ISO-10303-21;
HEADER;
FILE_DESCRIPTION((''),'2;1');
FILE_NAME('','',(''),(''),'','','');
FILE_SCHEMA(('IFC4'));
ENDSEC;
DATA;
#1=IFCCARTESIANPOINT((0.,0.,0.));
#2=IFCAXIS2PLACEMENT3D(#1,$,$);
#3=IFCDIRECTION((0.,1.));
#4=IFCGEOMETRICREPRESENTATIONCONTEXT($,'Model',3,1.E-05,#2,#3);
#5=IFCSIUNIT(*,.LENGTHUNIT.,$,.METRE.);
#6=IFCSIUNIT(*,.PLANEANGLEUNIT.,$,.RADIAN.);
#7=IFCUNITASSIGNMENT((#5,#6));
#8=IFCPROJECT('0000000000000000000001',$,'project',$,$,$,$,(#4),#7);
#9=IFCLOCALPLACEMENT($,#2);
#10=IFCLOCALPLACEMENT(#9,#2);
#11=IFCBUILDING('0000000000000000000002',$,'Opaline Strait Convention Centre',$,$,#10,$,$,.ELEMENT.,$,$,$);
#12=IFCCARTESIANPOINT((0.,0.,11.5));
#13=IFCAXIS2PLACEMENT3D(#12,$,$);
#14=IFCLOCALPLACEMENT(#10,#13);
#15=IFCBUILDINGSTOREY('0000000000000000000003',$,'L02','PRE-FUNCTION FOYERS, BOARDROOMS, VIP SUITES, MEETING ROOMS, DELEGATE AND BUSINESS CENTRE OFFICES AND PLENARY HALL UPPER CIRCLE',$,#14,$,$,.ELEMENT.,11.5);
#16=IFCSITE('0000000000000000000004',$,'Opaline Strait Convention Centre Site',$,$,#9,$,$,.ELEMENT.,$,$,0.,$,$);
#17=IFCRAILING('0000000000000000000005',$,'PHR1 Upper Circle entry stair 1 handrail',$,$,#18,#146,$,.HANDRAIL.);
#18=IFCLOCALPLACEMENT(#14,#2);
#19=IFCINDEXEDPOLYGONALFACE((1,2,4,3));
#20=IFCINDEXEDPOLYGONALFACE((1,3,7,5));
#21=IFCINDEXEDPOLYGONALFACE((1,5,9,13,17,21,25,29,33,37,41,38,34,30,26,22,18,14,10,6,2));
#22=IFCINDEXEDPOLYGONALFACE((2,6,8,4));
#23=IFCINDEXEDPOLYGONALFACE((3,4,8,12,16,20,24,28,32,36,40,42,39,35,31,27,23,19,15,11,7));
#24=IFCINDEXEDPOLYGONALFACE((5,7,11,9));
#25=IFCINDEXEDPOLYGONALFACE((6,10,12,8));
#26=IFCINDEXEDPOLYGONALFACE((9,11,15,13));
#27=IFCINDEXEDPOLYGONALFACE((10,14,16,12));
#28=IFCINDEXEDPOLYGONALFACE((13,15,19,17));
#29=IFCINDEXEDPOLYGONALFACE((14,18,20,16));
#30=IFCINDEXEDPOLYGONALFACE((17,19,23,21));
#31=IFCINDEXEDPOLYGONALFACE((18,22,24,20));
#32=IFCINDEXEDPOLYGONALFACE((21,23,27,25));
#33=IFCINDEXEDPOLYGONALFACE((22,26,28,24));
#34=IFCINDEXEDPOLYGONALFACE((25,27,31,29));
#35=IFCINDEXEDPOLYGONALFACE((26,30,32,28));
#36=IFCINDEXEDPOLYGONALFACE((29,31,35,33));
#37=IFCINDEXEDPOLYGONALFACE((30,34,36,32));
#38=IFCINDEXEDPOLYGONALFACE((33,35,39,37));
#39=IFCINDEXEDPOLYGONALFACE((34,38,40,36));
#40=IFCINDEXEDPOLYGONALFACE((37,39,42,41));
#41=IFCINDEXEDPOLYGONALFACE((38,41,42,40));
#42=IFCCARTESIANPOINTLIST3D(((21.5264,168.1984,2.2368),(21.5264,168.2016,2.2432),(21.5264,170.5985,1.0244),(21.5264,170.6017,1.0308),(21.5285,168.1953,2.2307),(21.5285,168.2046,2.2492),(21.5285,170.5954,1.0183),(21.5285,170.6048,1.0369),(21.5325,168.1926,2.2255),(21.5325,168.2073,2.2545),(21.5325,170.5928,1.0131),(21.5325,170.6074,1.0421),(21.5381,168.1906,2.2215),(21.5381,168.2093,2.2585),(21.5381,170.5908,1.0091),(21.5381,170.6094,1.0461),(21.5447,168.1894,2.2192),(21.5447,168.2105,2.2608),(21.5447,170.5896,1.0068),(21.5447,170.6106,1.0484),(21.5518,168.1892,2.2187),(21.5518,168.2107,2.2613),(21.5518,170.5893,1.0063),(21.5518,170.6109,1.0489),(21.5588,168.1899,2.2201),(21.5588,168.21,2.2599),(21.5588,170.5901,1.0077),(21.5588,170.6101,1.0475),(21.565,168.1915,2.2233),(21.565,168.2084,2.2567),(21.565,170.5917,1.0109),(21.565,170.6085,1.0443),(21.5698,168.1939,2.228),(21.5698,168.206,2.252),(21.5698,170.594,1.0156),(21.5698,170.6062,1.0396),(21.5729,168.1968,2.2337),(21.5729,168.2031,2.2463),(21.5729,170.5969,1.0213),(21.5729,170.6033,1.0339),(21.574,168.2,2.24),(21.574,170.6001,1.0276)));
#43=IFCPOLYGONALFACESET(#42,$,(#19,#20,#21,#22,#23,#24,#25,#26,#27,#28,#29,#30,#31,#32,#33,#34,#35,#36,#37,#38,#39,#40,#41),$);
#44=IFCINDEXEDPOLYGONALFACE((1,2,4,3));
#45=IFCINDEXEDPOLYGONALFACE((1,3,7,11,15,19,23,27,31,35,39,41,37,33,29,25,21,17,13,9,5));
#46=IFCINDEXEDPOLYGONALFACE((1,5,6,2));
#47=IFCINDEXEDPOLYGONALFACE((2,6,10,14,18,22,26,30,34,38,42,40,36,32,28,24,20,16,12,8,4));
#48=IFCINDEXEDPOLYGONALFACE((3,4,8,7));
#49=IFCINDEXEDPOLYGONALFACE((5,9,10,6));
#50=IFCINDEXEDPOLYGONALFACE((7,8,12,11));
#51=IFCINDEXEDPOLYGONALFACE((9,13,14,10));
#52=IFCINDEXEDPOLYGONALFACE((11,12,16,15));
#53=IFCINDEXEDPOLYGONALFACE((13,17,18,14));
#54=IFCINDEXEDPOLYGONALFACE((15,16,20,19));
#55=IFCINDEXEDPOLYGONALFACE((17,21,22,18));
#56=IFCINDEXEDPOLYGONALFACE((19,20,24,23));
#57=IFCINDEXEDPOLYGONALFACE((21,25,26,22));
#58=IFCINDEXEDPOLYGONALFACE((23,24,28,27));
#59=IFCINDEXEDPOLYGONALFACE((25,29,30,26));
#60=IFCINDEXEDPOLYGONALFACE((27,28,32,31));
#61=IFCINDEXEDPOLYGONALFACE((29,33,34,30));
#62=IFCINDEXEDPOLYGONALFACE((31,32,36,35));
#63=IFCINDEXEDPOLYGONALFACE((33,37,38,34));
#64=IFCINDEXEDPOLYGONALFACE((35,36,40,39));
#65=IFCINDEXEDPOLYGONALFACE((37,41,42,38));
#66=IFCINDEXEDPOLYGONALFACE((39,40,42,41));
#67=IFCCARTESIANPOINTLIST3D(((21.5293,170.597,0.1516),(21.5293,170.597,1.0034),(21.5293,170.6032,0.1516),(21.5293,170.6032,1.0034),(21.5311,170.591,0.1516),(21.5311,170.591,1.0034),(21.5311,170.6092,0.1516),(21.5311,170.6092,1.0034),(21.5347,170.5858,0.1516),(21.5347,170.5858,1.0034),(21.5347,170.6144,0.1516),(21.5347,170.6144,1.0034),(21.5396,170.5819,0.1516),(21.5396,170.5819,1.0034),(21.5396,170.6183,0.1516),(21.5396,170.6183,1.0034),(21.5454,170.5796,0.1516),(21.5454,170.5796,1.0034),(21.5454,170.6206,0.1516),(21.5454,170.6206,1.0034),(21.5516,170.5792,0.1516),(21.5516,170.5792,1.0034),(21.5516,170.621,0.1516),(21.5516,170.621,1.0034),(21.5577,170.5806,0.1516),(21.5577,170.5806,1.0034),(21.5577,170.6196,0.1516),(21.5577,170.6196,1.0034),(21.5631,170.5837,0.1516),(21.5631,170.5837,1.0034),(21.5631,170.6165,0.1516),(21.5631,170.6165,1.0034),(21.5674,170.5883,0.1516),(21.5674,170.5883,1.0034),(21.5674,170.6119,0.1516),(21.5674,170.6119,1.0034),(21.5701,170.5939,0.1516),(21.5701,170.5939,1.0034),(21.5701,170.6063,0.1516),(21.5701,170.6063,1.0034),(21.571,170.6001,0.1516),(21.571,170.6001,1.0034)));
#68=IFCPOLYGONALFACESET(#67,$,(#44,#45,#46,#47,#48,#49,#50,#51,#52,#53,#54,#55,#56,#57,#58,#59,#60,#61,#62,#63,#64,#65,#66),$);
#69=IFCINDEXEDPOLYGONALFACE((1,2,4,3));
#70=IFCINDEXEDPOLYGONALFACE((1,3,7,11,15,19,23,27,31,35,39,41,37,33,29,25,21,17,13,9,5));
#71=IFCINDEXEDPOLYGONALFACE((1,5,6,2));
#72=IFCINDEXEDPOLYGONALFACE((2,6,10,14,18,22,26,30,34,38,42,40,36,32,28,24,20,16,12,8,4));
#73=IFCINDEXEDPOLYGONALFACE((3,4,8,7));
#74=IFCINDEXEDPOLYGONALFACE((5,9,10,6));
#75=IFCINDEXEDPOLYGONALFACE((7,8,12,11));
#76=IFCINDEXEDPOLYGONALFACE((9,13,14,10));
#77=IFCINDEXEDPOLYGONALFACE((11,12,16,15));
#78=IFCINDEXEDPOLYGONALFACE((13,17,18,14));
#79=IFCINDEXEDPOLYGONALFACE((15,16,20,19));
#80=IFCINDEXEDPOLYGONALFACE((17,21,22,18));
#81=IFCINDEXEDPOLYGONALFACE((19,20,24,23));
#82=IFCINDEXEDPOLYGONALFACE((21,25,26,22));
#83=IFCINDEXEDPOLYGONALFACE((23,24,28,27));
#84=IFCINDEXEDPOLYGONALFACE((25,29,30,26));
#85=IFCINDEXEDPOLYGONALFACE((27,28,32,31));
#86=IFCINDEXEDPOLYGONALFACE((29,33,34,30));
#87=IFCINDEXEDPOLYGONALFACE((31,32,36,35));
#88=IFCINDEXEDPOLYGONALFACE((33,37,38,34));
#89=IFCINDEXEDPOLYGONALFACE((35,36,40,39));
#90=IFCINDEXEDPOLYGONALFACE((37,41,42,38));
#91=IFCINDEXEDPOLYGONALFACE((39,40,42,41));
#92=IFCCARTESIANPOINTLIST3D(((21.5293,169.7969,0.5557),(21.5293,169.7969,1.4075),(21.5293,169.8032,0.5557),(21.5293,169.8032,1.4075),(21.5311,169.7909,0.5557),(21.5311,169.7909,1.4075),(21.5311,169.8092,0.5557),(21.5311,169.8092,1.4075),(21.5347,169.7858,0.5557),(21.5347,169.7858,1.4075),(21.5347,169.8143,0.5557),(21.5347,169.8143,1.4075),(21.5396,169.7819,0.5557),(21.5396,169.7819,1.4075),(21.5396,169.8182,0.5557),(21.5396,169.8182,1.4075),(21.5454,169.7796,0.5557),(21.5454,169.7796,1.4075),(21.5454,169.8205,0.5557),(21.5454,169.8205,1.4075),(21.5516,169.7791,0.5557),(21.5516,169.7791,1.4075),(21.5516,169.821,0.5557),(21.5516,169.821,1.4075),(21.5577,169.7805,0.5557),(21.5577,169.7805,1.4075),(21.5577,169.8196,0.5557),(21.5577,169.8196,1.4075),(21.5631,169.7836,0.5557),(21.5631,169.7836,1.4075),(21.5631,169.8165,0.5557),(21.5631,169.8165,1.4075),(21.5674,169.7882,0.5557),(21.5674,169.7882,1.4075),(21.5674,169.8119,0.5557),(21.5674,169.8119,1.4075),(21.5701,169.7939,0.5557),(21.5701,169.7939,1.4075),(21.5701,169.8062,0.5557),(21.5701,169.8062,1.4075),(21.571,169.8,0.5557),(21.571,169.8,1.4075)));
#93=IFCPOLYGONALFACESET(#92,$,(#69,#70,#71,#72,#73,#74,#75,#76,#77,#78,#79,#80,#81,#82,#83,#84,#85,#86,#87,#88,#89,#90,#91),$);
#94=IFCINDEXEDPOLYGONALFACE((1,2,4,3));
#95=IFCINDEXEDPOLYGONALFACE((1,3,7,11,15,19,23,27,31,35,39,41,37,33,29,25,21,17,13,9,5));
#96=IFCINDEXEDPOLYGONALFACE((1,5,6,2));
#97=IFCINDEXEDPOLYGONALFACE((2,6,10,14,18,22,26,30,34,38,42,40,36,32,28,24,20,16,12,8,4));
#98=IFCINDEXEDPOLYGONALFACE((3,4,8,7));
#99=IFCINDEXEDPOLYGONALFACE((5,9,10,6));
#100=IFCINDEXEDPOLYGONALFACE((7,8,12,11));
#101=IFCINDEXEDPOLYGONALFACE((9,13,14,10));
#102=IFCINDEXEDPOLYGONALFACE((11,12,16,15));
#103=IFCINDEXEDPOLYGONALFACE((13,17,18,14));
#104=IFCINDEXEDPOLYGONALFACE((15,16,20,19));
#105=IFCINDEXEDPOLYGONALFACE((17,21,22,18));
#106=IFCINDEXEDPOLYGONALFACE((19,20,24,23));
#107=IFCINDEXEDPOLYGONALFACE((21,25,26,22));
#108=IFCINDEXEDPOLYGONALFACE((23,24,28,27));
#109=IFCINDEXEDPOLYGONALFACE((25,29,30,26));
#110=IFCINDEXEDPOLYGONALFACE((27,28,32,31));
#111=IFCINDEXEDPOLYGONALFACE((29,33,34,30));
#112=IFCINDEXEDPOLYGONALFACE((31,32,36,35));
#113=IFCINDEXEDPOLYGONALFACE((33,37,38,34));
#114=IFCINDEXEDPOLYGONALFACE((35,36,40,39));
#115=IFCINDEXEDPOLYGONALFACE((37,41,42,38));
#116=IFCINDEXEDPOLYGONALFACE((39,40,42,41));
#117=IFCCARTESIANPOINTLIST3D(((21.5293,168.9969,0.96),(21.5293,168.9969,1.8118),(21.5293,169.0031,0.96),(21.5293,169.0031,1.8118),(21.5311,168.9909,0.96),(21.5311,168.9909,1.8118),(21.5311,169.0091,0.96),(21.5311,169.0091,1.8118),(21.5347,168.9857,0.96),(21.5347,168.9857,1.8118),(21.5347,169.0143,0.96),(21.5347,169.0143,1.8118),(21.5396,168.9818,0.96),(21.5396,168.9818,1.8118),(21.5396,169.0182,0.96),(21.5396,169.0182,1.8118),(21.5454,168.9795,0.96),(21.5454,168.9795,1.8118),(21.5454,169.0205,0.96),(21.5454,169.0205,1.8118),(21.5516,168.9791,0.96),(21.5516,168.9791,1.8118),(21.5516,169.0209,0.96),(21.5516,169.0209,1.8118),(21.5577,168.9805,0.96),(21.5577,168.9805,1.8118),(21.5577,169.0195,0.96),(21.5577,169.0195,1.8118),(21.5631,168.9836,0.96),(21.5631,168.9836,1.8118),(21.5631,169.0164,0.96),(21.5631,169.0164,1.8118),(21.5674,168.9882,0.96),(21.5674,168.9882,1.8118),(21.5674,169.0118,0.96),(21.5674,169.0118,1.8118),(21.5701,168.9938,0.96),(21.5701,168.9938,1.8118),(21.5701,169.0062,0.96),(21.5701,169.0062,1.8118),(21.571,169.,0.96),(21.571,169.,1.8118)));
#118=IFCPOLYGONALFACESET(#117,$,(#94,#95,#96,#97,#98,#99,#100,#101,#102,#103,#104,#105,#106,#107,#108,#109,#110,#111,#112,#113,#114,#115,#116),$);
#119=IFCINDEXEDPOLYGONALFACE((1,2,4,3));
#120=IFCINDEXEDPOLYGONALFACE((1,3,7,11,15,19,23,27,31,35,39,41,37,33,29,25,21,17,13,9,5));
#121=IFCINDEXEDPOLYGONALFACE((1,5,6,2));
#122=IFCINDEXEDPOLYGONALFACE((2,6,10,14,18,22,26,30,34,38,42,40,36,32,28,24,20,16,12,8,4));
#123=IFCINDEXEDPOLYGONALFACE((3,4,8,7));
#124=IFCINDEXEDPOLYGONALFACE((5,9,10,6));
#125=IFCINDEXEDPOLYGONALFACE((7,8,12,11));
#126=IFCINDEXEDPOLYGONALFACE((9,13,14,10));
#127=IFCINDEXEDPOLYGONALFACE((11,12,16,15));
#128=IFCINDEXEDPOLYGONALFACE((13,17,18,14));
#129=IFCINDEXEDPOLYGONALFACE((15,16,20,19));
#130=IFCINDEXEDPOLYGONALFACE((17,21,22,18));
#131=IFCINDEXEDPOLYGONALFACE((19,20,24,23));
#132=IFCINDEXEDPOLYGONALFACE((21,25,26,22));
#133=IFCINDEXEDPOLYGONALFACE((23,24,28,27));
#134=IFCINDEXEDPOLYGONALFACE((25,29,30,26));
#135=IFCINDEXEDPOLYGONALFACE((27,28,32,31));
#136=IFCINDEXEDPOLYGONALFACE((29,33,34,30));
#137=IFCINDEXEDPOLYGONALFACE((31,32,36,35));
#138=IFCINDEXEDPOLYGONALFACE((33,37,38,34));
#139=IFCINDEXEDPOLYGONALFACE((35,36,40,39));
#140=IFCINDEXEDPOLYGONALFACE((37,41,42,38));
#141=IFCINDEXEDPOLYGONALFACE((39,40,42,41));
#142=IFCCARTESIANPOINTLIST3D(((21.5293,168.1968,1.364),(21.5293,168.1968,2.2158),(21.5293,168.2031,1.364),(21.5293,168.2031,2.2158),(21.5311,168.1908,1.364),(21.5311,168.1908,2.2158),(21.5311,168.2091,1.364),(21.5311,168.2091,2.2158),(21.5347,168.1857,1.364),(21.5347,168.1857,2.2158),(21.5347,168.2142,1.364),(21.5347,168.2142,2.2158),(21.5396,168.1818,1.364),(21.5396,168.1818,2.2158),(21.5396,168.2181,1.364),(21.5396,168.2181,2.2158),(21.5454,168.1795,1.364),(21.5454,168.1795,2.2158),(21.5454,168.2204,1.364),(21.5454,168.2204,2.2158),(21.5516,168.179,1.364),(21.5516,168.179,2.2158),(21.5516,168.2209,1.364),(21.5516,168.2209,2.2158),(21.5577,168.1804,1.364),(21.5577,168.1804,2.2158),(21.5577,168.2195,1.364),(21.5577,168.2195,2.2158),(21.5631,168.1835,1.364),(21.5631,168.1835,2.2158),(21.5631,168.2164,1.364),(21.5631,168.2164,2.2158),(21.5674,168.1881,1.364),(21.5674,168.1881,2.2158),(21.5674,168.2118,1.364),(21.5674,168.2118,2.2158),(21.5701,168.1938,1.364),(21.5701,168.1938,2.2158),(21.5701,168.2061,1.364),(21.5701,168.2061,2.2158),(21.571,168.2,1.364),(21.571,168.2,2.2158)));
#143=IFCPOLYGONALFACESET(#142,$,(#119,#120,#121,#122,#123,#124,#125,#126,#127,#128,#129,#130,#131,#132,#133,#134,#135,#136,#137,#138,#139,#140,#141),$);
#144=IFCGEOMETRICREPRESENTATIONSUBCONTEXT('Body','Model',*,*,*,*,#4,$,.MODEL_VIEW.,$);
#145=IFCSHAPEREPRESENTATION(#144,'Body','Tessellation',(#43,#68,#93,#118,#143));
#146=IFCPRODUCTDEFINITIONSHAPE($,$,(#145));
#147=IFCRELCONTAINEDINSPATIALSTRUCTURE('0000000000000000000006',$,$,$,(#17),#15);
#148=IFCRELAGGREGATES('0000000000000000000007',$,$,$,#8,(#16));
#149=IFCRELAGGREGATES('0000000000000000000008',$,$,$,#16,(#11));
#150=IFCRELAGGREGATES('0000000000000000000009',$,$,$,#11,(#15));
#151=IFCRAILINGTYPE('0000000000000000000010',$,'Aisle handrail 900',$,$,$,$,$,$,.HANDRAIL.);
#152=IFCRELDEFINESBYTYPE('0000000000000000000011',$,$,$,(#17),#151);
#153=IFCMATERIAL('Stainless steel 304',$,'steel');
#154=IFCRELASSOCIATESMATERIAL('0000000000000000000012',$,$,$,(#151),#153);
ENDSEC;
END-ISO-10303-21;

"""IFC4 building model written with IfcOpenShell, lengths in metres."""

from ifc_helpers import new_model, si_unit, direction, frame, origin, origin_2d, place, context, subcontext, project, spatial, circle, extrude, material, type_object, element, save


model = new_model("IFC4")

# Units and contexts
model_context = context("Model", 3, precision=1e-05, world=origin(), true_north=direction((0.0, 1.0)))
body_context = subcontext(model_context, "Body", "Model", "MODEL_VIEW")
ifc_project = project(units=[si_unit("LENGTHUNIT", "METRE"), si_unit("PLANEANGLEUNIT", "RADIAN")], contexts=[model_context])

# Site, building, storey
site_placement = place(None, origin())
site = spatial("IfcSite", under=ifc_project, at=site_placement, Name="Opaline Strait Convention Centre Site", CompositionType="ELEMENT", RefElevation=0.0)
building_placement = place(site_placement, origin())
building = spatial("IfcBuilding", under=site, at=building_placement, Name="Opaline Strait Convention Centre", CompositionType="ELEMENT")
storey_placement = place(building_placement, frame((0.0, 0.0, 11.5)))
storey = spatial("IfcBuildingStorey", under=building, at=storey_placement, Name="L02", Description="PRE-FUNCTION FOYERS, BOARDROOMS, VIP SUITES, MEETING ROOMS, DELEGATE AND BUSINESS CENTRE OFFICES AND PLENARY HALL UPPER CIRCLE", CompositionType="ELEMENT", Elevation=11.5)

# Railing
ifc_material_1 = material(Name="Stainless steel 304", Category="steel")
railing_type_1 = type_object("IfcRailingType", Name="Aisle handrail 900", PredefinedType="HANDRAIL", material=ifc_material_1)
for number, where, name in (
    (1, (21.55, 170.6001, 0.1516), "PHR1 Upper Circle entry stair 1 handrail"),
):
    element("IfcRailing", number, at=place(storey_placement, frame(where)), inside=storey, type_object=railing_type_1, Name=name, PredefinedType="HANDRAIL", context=body_context, shape_type="SweptSolid", body=[
        extrude(circle(Radius=0.0239, at=origin_2d()), frame((0.0, 0.0, 0.876), z_axis=(0.0, -0.892586, 0.450878), x_axis=(1.0, 0.0, 0.0)), (0.0, 0.0, 1.0), 2.689),
        extrude(circle(Radius=0.021, at=origin_2d()), origin(), (0.0, 0.0, 1.0), 0.8518),
        extrude(circle(Radius=0.021, at=origin_2d()), frame((0.0, -0.8, 0.4041)), (0.0, 0.0, 1.0), 0.8518),
        extrude(circle(Radius=0.021, at=origin_2d()), frame((0.0, -1.6001, 0.8083)), (0.0, 0.0, 1.0), 0.8518),
        extrude(circle(Radius=0.021, at=origin_2d()), frame((0.0, -2.4001, 1.2124)), (0.0, 0.0, 1.0), 0.8518),
    ])

save(model, "model.ifc")
